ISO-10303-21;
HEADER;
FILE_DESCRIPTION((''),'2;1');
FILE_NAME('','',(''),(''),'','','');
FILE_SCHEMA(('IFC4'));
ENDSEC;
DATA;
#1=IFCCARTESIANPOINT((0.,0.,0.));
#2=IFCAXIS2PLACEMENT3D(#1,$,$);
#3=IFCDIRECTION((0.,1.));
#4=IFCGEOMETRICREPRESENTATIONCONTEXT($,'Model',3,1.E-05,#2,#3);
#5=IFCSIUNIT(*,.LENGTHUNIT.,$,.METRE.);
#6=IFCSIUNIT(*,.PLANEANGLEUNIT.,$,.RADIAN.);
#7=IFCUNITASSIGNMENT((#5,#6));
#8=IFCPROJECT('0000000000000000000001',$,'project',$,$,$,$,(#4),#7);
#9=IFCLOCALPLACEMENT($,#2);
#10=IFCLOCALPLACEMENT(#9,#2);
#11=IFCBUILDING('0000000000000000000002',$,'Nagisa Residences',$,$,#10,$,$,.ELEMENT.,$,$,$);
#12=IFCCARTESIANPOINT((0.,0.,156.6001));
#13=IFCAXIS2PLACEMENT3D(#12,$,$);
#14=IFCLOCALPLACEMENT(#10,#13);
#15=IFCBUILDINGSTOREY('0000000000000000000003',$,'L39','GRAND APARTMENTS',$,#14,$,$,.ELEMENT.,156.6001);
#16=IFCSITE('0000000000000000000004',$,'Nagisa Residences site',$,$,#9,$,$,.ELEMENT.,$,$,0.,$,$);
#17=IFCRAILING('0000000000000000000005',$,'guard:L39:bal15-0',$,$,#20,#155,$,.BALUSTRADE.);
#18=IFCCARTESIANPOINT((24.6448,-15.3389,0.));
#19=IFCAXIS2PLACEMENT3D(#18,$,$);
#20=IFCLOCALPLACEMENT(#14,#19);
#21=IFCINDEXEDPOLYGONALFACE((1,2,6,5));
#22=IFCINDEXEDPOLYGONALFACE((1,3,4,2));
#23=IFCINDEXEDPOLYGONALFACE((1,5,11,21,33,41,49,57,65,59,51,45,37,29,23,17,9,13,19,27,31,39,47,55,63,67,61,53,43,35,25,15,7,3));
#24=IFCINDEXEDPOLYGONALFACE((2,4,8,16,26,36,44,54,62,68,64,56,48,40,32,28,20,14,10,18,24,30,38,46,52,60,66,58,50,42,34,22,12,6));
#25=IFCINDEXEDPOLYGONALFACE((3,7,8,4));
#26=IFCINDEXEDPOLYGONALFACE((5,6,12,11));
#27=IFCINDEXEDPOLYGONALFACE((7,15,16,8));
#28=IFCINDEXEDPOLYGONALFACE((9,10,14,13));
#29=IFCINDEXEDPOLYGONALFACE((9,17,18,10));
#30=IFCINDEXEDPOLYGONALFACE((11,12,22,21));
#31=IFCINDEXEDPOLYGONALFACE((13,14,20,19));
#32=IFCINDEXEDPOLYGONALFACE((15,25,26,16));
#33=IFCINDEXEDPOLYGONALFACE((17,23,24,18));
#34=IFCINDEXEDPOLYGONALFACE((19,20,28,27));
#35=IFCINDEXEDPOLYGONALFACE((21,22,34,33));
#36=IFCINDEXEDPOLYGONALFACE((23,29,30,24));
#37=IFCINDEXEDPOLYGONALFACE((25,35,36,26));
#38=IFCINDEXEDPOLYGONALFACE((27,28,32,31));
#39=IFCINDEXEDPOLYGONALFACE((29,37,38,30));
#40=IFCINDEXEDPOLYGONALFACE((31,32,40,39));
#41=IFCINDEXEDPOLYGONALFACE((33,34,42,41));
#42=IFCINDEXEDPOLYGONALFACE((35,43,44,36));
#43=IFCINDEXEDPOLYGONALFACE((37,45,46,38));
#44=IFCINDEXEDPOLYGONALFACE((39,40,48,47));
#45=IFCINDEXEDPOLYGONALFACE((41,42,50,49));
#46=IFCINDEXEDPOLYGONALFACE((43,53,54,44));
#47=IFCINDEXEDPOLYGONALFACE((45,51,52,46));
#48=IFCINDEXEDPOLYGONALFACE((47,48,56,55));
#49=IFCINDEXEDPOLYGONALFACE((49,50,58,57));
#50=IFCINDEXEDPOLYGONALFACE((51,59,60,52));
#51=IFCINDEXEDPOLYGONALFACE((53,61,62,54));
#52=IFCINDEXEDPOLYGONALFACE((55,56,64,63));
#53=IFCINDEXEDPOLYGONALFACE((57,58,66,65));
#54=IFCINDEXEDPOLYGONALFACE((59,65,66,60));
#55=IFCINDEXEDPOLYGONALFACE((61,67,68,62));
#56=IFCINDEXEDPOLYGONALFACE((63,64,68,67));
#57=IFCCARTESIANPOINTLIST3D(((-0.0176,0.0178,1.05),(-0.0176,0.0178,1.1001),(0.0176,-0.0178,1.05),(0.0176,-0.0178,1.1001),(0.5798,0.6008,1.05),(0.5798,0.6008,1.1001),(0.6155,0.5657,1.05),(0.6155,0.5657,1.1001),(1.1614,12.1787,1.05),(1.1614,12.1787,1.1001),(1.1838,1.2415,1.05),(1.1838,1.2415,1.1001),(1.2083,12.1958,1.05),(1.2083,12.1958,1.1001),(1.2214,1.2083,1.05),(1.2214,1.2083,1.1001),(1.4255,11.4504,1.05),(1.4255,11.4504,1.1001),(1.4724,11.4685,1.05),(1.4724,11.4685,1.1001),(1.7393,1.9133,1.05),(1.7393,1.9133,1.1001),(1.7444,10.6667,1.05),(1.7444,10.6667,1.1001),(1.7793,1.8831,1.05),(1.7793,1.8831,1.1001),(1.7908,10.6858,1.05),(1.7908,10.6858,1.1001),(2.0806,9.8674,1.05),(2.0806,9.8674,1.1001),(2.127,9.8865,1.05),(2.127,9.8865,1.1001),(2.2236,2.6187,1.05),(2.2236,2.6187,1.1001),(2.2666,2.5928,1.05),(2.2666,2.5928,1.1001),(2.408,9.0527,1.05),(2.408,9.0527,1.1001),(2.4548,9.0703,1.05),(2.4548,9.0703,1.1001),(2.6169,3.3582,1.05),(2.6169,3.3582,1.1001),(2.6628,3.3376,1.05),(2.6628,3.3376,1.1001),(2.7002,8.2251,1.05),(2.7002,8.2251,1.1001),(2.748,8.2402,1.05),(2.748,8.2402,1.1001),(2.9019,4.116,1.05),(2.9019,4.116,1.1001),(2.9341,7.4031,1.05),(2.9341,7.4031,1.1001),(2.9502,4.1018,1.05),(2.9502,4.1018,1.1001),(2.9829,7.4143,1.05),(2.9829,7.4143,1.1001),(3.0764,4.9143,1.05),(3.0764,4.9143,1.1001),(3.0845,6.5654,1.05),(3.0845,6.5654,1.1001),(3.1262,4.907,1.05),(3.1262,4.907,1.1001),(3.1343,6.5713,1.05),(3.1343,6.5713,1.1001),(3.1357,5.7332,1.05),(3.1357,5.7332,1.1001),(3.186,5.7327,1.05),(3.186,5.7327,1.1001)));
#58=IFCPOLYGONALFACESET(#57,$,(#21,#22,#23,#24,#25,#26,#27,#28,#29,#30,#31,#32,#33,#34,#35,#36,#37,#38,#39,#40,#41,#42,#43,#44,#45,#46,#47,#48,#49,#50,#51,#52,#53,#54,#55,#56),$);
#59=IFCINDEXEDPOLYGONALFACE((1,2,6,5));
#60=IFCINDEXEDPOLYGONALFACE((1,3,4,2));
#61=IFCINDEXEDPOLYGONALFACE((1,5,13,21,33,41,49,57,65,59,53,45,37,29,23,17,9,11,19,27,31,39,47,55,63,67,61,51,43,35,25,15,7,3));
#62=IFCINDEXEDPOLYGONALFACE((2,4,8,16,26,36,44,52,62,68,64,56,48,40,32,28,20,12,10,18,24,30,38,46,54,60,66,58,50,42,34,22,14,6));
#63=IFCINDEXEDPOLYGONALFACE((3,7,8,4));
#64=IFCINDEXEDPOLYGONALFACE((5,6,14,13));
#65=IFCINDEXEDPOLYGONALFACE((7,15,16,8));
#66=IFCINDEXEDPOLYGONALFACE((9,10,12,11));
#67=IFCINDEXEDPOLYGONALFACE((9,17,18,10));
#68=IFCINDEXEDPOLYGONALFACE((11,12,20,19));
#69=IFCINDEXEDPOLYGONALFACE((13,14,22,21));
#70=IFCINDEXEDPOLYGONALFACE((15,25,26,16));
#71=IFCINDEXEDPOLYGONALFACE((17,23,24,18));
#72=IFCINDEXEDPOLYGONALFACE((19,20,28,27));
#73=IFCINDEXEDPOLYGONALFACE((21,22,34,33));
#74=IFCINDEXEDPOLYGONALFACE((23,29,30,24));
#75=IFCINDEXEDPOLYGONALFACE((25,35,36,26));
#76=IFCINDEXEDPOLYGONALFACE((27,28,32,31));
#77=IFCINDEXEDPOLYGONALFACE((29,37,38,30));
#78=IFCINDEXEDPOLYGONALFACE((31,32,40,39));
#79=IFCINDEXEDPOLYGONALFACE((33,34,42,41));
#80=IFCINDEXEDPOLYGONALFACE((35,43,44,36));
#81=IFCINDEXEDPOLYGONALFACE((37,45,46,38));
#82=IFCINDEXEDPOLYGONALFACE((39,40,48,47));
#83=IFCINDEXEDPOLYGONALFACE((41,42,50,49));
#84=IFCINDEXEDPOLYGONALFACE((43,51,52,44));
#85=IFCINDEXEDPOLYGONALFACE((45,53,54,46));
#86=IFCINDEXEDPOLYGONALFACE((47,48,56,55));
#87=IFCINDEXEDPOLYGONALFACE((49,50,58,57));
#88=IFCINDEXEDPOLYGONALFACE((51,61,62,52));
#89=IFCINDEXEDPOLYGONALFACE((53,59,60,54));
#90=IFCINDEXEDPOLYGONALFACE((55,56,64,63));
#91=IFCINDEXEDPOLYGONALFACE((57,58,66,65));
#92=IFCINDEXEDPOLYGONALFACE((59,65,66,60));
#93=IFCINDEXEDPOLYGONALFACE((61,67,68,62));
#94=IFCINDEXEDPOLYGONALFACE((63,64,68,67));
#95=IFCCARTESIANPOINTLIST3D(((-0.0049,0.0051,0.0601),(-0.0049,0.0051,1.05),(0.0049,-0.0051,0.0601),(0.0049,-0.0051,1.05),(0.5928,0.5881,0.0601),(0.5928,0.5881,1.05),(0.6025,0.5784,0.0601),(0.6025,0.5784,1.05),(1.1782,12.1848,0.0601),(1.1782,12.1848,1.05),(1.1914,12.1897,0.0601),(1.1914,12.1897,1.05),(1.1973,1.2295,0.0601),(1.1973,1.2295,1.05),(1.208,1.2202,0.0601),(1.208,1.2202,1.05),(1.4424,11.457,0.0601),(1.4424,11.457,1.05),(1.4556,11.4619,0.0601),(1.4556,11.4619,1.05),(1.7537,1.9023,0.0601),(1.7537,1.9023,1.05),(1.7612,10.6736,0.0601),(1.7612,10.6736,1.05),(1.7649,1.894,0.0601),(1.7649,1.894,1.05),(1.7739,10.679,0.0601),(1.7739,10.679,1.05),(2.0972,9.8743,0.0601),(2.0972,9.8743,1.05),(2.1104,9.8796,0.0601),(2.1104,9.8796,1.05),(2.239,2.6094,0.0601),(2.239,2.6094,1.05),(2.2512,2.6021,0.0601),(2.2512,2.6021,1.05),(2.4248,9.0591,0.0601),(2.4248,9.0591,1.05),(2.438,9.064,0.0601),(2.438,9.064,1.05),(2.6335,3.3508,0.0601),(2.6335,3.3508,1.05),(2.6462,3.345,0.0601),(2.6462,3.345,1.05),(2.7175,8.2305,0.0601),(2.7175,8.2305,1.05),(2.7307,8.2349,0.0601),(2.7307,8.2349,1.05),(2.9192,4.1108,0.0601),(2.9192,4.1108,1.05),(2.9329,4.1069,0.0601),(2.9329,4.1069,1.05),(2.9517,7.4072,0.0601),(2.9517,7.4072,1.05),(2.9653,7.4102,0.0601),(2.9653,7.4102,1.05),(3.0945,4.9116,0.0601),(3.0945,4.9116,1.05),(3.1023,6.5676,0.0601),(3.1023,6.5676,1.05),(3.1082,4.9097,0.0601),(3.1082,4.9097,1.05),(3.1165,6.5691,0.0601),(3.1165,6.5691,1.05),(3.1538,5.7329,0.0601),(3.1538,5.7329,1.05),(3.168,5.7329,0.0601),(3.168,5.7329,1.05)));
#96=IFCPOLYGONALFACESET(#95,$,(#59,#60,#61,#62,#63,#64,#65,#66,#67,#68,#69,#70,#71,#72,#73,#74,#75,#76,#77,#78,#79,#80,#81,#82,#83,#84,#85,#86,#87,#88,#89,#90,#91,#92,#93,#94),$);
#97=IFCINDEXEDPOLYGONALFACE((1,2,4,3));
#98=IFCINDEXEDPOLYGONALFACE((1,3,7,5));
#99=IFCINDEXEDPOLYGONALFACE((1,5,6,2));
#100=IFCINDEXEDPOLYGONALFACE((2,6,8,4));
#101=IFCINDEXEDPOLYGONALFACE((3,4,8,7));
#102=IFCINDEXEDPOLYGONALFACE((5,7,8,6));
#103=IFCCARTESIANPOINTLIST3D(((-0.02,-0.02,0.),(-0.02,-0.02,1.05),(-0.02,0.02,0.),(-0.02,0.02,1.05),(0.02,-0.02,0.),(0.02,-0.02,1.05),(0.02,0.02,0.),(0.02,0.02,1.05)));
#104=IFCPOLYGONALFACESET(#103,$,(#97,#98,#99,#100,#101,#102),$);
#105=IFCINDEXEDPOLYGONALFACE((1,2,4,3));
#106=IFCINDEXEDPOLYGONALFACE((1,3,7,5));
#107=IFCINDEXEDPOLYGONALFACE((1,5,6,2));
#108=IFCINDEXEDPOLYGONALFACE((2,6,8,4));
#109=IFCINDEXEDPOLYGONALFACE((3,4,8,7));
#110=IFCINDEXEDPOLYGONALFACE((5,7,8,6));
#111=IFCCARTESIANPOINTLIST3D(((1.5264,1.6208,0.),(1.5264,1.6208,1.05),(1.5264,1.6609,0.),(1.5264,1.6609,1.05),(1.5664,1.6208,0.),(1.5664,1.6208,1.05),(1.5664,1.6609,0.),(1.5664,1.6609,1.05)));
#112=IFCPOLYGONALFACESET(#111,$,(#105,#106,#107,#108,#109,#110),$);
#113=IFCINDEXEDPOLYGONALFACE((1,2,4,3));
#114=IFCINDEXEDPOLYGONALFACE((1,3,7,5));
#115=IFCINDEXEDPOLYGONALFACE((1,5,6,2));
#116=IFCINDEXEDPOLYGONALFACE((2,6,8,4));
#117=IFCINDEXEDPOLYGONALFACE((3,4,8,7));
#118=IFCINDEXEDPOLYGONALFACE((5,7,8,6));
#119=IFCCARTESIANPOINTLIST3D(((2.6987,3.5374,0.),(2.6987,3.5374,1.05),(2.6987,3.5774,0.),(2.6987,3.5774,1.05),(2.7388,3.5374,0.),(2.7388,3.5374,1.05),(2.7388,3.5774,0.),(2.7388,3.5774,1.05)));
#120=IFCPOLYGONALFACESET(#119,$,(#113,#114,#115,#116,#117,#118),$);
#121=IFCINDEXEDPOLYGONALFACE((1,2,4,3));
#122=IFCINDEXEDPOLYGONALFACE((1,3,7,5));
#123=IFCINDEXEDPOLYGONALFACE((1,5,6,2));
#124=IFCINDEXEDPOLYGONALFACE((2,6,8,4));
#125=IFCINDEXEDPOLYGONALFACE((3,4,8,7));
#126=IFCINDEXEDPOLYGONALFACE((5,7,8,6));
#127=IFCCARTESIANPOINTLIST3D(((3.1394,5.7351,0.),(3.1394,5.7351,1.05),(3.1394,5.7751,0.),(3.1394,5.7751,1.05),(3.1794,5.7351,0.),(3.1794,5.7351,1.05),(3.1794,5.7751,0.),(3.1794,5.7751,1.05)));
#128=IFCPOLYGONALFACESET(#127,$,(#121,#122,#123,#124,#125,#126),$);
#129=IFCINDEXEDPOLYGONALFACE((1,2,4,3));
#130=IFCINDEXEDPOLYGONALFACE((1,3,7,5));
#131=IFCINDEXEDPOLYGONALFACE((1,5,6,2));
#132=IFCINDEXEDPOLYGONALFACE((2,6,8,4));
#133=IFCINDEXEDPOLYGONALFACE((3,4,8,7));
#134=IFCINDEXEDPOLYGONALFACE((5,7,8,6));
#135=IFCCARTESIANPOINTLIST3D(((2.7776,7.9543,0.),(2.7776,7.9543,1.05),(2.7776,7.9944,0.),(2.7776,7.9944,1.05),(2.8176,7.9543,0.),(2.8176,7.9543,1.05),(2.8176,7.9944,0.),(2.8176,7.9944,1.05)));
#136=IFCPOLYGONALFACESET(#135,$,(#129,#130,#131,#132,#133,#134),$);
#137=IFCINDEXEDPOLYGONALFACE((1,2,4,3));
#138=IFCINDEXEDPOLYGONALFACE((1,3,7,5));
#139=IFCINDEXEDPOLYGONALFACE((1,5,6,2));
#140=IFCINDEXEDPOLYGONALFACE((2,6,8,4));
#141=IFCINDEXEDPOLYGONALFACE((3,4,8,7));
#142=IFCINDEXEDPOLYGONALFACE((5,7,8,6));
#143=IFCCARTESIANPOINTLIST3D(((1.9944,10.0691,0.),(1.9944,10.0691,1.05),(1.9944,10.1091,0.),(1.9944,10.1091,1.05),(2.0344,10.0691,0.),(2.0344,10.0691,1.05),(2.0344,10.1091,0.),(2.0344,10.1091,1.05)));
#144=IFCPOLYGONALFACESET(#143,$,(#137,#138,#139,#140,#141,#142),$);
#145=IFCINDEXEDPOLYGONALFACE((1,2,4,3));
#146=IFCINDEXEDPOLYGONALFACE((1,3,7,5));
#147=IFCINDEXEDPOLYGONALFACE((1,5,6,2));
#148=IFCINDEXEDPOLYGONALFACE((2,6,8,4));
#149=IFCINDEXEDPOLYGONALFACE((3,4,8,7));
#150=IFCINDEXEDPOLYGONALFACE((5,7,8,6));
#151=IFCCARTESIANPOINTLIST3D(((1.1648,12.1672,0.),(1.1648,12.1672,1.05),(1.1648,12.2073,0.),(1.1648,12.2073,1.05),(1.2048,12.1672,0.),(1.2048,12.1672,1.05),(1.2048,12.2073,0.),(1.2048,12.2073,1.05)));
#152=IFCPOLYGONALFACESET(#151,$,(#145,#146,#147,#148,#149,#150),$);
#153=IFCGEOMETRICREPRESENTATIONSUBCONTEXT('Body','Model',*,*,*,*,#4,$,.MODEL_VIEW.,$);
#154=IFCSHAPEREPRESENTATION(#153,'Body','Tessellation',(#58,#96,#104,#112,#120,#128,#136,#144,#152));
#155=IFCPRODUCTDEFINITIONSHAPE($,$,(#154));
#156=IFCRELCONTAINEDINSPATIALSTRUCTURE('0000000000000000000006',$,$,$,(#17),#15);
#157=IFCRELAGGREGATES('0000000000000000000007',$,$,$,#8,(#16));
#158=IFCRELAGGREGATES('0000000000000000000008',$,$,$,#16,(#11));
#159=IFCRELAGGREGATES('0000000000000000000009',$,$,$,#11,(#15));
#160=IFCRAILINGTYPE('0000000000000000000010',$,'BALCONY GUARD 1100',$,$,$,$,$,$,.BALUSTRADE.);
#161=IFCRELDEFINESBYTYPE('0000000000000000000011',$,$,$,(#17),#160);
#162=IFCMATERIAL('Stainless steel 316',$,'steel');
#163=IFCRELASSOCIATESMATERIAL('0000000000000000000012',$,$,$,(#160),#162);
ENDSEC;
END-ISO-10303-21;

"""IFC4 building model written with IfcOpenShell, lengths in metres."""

from ifc_helpers import new_model, si_unit, direction, frame, origin, origin_2d, place, context, subcontext, project, spatial, polyline, rectangle, outline, extrude, material, type_object, element, save


model = new_model("IFC4")

# Units and contexts
model_context = context("Model", 3, precision=1e-05, world=origin(), true_north=direction((0.0, 1.0)))
body_context = subcontext(model_context, "Body", "Model", "MODEL_VIEW")
ifc_project = project(units=[si_unit("LENGTHUNIT", "METRE"), si_unit("PLANEANGLEUNIT", "RADIAN")], contexts=[model_context])

# Site, building, storey
site_placement = place(None, origin())
site = spatial("IfcSite", under=ifc_project, at=site_placement, Name="Nagisa Residences site", CompositionType="ELEMENT", RefElevation=0.0)
building_placement = place(site_placement, origin())
building = spatial("IfcBuilding", under=site, at=building_placement, Name="Nagisa Residences", CompositionType="ELEMENT")
storey_placement = place(building_placement, frame((0.0, 0.0, 156.6001)))
storey = spatial("IfcBuildingStorey", under=building, at=storey_placement, Name="L39", Description="GRAND APARTMENTS", CompositionType="ELEMENT", Elevation=156.6001)

# Railing
ifc_material_1 = material(Name="Stainless steel 316", Category="steel")
railing_type = type_object("IfcRailingType", Name="BALCONY GUARD 1100", PredefinedType="BALUSTRADE", material=ifc_material_1)
railing_1_placement = place(storey_placement, frame((24.6448, -15.3389, 0.0)))
element("IfcRailing", 1, at=railing_1_placement, inside=storey, type_object=railing_type, Name="guard:L39:bal15-0", PredefinedType="BALUSTRADE", context=body_context, shape_type="SweptSolid", body=[
    extrude(outline(polyline([(0.5798, 0.6008), (-0.0176, 0.0178), (0.0176, -0.0178), (0.6155, 0.5657), (1.2214, 1.2083), (1.7793, 1.8831), (2.2666, 2.5928), (2.6628, 3.3376), (2.9502, 4.1018), (3.1262, 4.907), (3.186, 5.7327), (3.1343, 6.5713), (2.9829, 7.4143), (2.748, 8.2402), (2.4548, 9.0703), (2.127, 9.8865), (1.7908, 10.6858), (1.4724, 11.4685), (1.2083, 12.1958), (1.1614, 12.1787), (1.4255, 11.4504), (1.7444, 10.6667), (2.0806, 9.8674), (2.408, 9.0527), (2.7002, 8.2251), (2.9341, 7.4031), (3.0845, 6.5654), (3.1357, 5.7332), (3.0764, 4.9143), (2.9019, 4.116), (2.6169, 3.3582), (2.2236, 2.6187), (1.7393, 1.9133), (1.1838, 1.2415), (0.5798, 0.6008)])), frame((0.0, 0.0, 1.05)), (0.0, 0.0, 1.0), 0.05),
    extrude(outline(polyline([(0.5928, 0.5881), (-0.0049, 0.0051), (0.0049, -0.0051), (0.6025, 0.5784), (1.208, 1.2202), (1.7649, 1.894), (2.2512, 2.6021), (2.6462, 3.345), (2.9329, 4.1069), (3.1082, 4.9097), (3.168, 5.7329), (3.1165, 6.5691), (2.9653, 7.4102), (2.7307, 8.2349), (2.438, 9.064), (2.1104, 9.8796), (1.7739, 10.679), (1.4556, 11.4619), (1.1914, 12.1897), (1.1782, 12.1848), (1.4424, 11.457), (1.7612, 10.6736), (2.0972, 9.8743), (2.4248, 9.0591), (2.7175, 8.2305), (2.9517, 7.4072), (3.1023, 6.5676), (3.1538, 5.7329), (3.0945, 4.9116), (2.9192, 4.1108), (2.6335, 3.3508), (2.239, 2.6094), (1.7537, 1.9023), (1.1973, 1.2295), (0.5928, 0.5881)])), frame((0.0, 0.0, 0.0601)), (0.0, 0.0, 1.0), 0.99),
    extrude(rectangle(XDim=0.04, YDim=0.04, at=origin_2d()), origin(), (0.0, 0.0, 1.0), 1.05),
    extrude(rectangle(XDim=0.04, YDim=0.04, at=origin_2d()), frame((1.5464, 1.6409, 0.0)), (0.0, 0.0, 1.0), 1.05),
    extrude(rectangle(XDim=0.04, YDim=0.04, at=origin_2d()), frame((2.7188, 3.5574, 0.0)), (0.0, 0.0, 1.0), 1.05),
    extrude(rectangle(XDim=0.04, YDim=0.04, at=origin_2d()), frame((3.1594, 5.7551, 0.0)), (0.0, 0.0, 1.0), 1.05),
    extrude(rectangle(XDim=0.04, YDim=0.04, at=origin_2d()), frame((2.7976, 7.9744, 0.0)), (0.0, 0.0, 1.0), 1.05),
    extrude(rectangle(XDim=0.04, YDim=0.04, at=origin_2d()), frame((2.0144, 10.0891, 0.0)), (0.0, 0.0, 1.0), 1.05),
    extrude(rectangle(XDim=0.04, YDim=0.04, at=origin_2d()), frame((1.1848, 12.1873, 0.0)), (0.0, 0.0, 1.0), 1.05),
])

save(model, "model.ifc")
